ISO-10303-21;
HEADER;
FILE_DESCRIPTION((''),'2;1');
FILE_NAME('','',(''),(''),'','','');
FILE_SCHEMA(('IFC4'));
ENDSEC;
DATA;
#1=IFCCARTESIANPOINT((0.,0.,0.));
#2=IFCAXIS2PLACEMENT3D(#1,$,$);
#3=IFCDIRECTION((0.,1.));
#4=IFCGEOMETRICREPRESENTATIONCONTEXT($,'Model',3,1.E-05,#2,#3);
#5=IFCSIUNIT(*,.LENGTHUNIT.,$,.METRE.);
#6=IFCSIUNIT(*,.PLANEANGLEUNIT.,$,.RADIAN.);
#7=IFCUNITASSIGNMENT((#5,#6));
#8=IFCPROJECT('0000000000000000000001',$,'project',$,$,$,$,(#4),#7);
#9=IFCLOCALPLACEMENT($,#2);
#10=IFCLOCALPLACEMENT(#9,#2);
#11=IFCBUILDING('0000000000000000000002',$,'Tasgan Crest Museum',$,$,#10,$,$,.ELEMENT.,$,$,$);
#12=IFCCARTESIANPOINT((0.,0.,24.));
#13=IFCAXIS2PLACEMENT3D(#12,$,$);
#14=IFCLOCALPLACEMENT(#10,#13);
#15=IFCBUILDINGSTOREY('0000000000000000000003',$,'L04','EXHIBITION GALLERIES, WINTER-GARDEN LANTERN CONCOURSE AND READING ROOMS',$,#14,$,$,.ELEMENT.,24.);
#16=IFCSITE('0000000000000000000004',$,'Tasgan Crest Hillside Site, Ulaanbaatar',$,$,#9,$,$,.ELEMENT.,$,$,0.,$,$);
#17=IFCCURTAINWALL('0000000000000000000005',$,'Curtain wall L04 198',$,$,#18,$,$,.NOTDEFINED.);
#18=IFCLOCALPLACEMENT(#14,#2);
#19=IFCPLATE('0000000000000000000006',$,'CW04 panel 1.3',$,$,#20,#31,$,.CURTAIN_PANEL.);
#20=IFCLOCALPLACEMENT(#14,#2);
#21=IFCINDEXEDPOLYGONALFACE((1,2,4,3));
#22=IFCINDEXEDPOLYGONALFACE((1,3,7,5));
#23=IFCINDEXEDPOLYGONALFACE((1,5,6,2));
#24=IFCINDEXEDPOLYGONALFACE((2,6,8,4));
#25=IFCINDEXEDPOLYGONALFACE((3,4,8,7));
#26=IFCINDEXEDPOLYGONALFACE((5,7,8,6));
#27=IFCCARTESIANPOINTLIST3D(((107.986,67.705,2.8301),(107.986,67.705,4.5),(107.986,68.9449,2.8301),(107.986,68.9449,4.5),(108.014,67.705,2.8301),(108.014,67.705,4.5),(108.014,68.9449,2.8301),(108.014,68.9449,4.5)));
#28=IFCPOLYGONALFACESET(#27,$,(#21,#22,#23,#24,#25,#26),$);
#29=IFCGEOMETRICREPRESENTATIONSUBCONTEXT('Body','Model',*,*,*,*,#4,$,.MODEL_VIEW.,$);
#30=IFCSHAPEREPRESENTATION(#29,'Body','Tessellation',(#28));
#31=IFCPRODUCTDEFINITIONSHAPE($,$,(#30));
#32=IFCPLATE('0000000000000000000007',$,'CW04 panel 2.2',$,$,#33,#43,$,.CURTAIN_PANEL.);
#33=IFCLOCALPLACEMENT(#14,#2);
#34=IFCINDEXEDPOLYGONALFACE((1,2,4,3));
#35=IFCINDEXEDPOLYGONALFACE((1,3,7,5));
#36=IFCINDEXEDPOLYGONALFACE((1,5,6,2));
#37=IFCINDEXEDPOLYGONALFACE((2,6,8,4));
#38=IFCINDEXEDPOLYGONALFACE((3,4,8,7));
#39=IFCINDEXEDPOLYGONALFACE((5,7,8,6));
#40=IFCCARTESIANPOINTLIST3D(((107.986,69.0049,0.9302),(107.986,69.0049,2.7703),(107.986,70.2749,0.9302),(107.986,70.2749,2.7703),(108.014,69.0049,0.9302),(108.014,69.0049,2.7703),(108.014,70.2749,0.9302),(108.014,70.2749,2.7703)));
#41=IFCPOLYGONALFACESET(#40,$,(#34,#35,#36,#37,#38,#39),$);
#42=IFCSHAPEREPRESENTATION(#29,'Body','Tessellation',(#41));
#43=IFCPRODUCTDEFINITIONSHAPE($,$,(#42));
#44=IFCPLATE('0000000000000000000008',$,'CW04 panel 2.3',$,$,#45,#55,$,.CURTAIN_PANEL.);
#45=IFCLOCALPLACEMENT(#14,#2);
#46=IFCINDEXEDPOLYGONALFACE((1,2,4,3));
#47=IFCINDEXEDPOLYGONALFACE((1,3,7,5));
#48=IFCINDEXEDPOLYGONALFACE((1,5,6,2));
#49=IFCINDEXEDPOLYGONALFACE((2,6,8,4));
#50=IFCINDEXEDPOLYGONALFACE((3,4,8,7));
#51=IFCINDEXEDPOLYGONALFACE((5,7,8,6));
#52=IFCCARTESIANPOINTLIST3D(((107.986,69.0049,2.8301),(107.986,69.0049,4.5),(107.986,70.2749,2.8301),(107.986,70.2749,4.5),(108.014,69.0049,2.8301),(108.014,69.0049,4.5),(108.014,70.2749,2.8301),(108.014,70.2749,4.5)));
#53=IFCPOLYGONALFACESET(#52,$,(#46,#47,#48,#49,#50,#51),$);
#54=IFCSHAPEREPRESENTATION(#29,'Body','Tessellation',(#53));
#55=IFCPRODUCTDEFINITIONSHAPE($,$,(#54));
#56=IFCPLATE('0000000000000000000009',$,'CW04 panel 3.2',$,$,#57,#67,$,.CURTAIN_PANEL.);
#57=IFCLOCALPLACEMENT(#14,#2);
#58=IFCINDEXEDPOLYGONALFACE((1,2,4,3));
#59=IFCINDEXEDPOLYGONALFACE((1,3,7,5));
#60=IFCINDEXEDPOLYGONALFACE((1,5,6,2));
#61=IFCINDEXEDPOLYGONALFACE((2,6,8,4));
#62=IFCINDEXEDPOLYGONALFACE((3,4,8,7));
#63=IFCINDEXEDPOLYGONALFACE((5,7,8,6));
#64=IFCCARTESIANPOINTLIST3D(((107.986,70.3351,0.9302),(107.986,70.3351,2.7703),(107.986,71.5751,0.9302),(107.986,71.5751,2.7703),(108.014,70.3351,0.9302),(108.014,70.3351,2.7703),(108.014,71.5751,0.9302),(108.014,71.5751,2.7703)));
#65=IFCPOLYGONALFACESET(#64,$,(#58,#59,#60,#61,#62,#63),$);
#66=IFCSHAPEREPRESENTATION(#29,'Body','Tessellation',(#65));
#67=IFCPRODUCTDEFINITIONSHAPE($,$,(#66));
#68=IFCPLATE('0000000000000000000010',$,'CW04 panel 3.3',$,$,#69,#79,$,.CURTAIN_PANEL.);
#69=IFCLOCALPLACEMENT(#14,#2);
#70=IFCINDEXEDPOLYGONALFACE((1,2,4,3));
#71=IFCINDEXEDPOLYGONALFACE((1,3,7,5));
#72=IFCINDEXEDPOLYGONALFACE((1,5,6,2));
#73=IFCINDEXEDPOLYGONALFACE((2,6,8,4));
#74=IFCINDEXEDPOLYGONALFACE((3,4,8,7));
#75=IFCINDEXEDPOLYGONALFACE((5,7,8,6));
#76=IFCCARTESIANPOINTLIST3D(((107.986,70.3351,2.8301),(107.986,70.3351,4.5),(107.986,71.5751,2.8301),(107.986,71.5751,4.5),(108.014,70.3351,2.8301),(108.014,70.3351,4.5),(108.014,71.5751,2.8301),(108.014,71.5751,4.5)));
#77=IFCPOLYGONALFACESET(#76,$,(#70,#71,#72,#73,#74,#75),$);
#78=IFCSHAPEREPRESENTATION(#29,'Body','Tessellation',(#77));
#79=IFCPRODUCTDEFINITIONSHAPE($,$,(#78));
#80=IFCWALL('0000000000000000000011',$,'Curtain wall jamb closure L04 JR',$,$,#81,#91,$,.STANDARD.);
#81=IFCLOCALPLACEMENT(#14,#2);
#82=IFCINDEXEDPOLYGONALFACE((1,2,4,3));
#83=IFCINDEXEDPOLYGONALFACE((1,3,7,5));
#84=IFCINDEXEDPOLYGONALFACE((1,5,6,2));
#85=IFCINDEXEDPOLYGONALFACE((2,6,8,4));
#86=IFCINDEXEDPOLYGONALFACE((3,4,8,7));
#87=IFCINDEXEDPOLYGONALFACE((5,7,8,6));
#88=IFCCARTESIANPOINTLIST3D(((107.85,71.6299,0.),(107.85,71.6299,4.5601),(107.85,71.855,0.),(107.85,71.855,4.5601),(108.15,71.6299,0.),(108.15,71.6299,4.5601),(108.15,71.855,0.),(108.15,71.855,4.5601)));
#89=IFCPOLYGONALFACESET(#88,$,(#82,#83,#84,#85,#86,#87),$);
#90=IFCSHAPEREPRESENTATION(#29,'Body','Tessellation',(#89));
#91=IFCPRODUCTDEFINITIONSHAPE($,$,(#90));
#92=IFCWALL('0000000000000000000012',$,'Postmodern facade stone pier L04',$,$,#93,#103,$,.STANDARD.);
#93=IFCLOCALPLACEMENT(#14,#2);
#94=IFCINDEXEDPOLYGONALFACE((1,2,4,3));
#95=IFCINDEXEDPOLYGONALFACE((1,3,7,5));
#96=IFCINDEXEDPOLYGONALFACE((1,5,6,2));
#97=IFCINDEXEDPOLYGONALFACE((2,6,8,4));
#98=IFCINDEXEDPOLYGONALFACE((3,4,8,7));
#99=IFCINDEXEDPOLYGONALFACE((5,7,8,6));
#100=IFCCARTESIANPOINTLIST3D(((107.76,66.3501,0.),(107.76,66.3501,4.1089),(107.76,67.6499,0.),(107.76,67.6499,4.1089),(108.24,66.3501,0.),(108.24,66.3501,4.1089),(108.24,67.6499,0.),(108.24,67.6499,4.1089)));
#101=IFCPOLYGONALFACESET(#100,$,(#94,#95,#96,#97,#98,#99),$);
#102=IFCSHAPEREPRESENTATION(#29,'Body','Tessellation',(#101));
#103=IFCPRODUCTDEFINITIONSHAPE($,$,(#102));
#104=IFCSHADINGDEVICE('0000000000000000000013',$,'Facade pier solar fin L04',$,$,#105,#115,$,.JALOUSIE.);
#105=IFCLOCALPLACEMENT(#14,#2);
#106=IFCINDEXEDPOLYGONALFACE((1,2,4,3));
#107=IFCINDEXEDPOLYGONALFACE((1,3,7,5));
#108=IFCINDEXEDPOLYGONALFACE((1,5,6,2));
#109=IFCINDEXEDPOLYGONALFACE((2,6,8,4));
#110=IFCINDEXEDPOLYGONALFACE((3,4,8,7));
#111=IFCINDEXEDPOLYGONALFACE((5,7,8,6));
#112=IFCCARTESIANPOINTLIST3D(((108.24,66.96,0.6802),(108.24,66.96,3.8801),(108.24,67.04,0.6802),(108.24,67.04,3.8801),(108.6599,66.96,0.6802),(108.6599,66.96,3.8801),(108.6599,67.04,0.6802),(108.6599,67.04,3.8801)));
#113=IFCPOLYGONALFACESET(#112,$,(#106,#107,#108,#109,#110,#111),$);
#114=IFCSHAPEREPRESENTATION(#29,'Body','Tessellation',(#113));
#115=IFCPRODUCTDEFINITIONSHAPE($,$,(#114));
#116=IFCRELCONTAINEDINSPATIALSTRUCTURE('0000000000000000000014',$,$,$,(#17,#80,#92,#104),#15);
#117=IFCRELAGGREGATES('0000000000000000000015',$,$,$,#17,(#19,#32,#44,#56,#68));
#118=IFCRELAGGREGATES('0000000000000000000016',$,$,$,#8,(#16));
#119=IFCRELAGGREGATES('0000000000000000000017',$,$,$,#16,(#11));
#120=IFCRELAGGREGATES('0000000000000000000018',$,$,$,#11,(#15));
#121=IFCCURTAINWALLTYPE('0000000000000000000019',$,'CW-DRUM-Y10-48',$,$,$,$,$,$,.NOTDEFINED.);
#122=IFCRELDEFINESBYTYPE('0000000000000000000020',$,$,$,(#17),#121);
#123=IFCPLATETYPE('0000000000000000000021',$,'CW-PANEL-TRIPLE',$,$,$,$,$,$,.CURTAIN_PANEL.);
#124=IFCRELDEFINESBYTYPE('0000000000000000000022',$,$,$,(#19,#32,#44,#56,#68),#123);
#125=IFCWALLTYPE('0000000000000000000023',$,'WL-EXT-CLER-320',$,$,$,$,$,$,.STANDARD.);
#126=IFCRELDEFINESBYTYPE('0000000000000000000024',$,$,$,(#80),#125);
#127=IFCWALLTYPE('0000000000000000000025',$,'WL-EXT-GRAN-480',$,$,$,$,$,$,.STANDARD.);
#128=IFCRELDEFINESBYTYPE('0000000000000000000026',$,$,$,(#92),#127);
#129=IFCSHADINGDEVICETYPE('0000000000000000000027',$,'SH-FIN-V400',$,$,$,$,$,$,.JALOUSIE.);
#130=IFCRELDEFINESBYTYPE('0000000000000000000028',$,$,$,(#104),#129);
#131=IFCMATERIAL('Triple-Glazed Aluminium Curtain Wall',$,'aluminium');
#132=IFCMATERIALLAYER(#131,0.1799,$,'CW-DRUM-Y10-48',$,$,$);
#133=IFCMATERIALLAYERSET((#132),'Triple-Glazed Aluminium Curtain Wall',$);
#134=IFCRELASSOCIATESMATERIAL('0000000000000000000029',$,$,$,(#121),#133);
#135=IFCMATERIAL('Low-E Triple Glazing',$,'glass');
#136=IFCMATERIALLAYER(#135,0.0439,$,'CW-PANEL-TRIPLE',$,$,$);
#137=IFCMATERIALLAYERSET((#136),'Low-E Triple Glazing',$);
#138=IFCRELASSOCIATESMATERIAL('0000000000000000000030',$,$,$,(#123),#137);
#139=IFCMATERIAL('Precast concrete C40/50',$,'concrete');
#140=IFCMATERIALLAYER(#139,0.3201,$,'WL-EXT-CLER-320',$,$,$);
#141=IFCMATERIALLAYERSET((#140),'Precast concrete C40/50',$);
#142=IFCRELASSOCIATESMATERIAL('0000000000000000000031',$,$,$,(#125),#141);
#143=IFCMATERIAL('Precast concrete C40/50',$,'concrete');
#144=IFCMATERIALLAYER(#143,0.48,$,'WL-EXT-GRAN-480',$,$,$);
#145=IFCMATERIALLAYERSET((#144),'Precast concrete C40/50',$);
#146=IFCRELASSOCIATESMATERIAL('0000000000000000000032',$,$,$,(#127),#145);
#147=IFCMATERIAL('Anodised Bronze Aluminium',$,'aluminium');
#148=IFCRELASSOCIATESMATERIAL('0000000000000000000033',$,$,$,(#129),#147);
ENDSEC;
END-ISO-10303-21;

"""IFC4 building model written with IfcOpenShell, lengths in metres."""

from ifc_helpers import new_model, si_unit, direction, frame, frame_2d, origin, origin_2d, place, context, subcontext, project, spatial, rectangle, extrude, material, layer, layer_set, type_object, element, aggregate, save


model = new_model("IFC4")

# Units and contexts
model_context = context("Model", 3, precision=1e-05, world=origin(), true_north=direction((0.0, 1.0)))
body_context = subcontext(model_context, "Body", "Model", "MODEL_VIEW")
ifc_project = project(units=[si_unit("LENGTHUNIT", "METRE"), si_unit("PLANEANGLEUNIT", "RADIAN")], contexts=[model_context])

# Site, building, storey
site_placement = place(None, origin())
site = spatial("IfcSite", under=ifc_project, at=site_placement, Name="Tasgan Crest Hillside Site, Ulaanbaatar", CompositionType="ELEMENT", RefElevation=0.0)
building_placement = place(site_placement, origin())
building = spatial("IfcBuilding", under=site, at=building_placement, Name="Tasgan Crest Museum", CompositionType="ELEMENT")
storey_placement = place(building_placement, frame((0.0, 0.0, 24.0)))
storey = spatial("IfcBuildingStorey", under=building, at=storey_placement, Name="L04", Description="EXHIBITION GALLERIES, WINTER-GARDEN LANTERN CONCOURSE AND READING ROOMS", CompositionType="ELEMENT", Elevation=24.0)

# Shared definitions
ifc_material_1 = material(Name="Triple-Glazed Aluminium Curtain Wall", Category="aluminium")
ifc_layer_1 = layer(ifc_material_1, 0.1799, Name="CW-DRUM-Y10-48")
ifc_layer_set_1 = layer_set([ifc_layer_1], Name="Triple-Glazed Aluminium Curtain Wall")
curtain_wall_type = type_object("IfcCurtainWallType", Name="CW-DRUM-Y10-48", PredefinedType="NOTDEFINED", material=ifc_layer_set_1)

# Curtain wall
curtain_wall_1_placement = place(storey_placement, origin())
curtain_wall_1 = element("IfcCurtainWall", 1, at=curtain_wall_1_placement, inside=storey, type_object=curtain_wall_type, Name="Curtain wall L04 198", PredefinedType="NOTDEFINED")

# Plates
ifc_material_2 = material(Name="Low-E Triple Glazing", Category="glass")
ifc_layer_2 = layer(ifc_material_2, 0.0439, Name="CW-PANEL-TRIPLE")
ifc_layer_set_2 = layer_set([ifc_layer_2], Name="Low-E Triple Glazing")
plate_type_1 = type_object("IfcPlateType", Name="CW-PANEL-TRIPLE", PredefinedType="CURTAIN_PANEL", material=ifc_layer_set_2)
plate_1_placement = place(storey_placement, frame((108.0, 68.325, 2.8301), z_axis=(0.0, 0.0, 1.0), x_axis=(0.0, 1.0, 0.0)))
plate_1 = element("IfcPlate", 2, at=plate_1_placement, type_object=plate_type_1, Name="CW04 panel 1.3", PredefinedType="CURTAIN_PANEL", context=body_context, shape_type="SweptSolid", body=[
    extrude(rectangle(XDim=1.24, YDim=0.0281, at=origin_2d()), origin(), (0.0, 0.0, 1.0), 1.6699),
])
plate_2_placement = place(storey_placement, frame((108.0, 69.6399, 0.9302), z_axis=(0.0, 0.0, 1.0), x_axis=(0.0, 1.0, 0.0)))
plate_2 = element("IfcPlate", 3, at=plate_2_placement, type_object=plate_type_1, Name="CW04 panel 2.2", PredefinedType="CURTAIN_PANEL", context=body_context, shape_type="SweptSolid", body=[
    extrude(rectangle(XDim=1.27, YDim=0.0281, at=origin_2d()), origin(), (0.0, 0.0, 1.0), 1.8401),
])
plate_3_placement = place(storey_placement, frame((108.0, 69.6399, 2.8301), z_axis=(0.0, 0.0, 1.0), x_axis=(0.0, 1.0, 0.0)))
plate_3 = element("IfcPlate", 4, at=plate_3_placement, type_object=plate_type_1, Name="CW04 panel 2.3", PredefinedType="CURTAIN_PANEL", context=body_context, shape_type="SweptSolid", body=[
    extrude(rectangle(XDim=1.27, YDim=0.0281, at=origin_2d()), origin(), (0.0, 0.0, 1.0), 1.6699),
])
plate_4_placement = place(storey_placement, frame((108.0, 70.9551, 0.9302), z_axis=(0.0, 0.0, 1.0), x_axis=(0.0, 1.0, 0.0)))
plate_4 = element("IfcPlate", 5, at=plate_4_placement, type_object=plate_type_1, Name="CW04 panel 3.2", PredefinedType="CURTAIN_PANEL", context=body_context, shape_type="SweptSolid", body=[
    extrude(rectangle(XDim=1.24, YDim=0.0281, at=origin_2d()), origin(), (0.0, 0.0, 1.0), 1.8401),
])
plate_5_placement = place(storey_placement, frame((108.0, 70.9551, 2.8301), z_axis=(0.0, 0.0, 1.0), x_axis=(0.0, 1.0, 0.0)))
plate_5 = element("IfcPlate", 6, at=plate_5_placement, type_object=plate_type_1, Name="CW04 panel 3.3", PredefinedType="CURTAIN_PANEL", context=body_context, shape_type="SweptSolid", body=[
    extrude(rectangle(XDim=1.24, YDim=0.0281, at=origin_2d()), origin(), (0.0, 0.0, 1.0), 1.6699),
])
aggregate(curtain_wall_1, [plate_1, plate_2, plate_3, plate_4, plate_5])

# Walls
ifc_material_3 = material(Name="Precast concrete C40/50", Category="concrete")
ifc_layer_3 = layer(ifc_material_3, 0.3201, Name="WL-EXT-CLER-320")
ifc_layer_set_3 = layer_set([ifc_layer_3], Name="Precast concrete C40/50")
wall_type_1 = type_object("IfcWallType", Name="WL-EXT-CLER-320", PredefinedType="STANDARD", material=ifc_layer_set_3)
wall_1_placement = place(storey_placement, frame((108.0, 71.6299, 0.0), z_axis=(0.0, 0.0, 1.0), x_axis=(0.0, 1.0, 0.0)))
element("IfcWall", 7, at=wall_1_placement, inside=storey, type_object=wall_type_1, Name="Curtain wall jamb closure L04 JR", PredefinedType="STANDARD", context=body_context, shape_type="SweptSolid", body=[
    extrude(rectangle(XDim=0.2251, YDim=0.3, at=frame_2d((0.1125, 0.0))), origin(), (0.0, 0.0, 1.0), 4.5601),
])
ifc_material_4 = material(Name="Precast concrete C40/50", Category="concrete")
ifc_layer_4 = layer(ifc_material_4, 0.48, Name="WL-EXT-GRAN-480")
ifc_layer_set_4 = layer_set([ifc_layer_4], Name="Precast concrete C40/50")
wall_type_2 = type_object("IfcWallType", Name="WL-EXT-GRAN-480", PredefinedType="STANDARD", material=ifc_layer_set_4)
wall_2_placement = place(storey_placement, frame((108.0, 66.3501, 0.0), z_axis=(0.0, 0.0, 1.0), x_axis=(0.0, 1.0, 0.0)))
element("IfcWall", 8, at=wall_2_placement, inside=storey, type_object=wall_type_2, Name="Postmodern facade stone pier L04", PredefinedType="STANDARD", context=body_context, shape_type="SweptSolid", body=[
    extrude(rectangle(XDim=1.2998, YDim=0.48, at=frame_2d((0.6499, 0.0))), origin(), (0.0, 0.0, 1.0), 4.1089),
])

# Shading device
ifc_material_5 = material(Name="Anodised Bronze Aluminium", Category="aluminium")
shading_device_type = type_object("IfcShadingDeviceType", Name="SH-FIN-V400", PredefinedType="JALOUSIE", material=ifc_material_5)
shading_device_placement = place(storey_placement, frame((108.45, 67.0, 0.6802), z_axis=(0.0, 0.0, 1.0), x_axis=(0.0, 1.0, 0.0)))
element("IfcShadingDevice", 9, at=shading_device_placement, inside=storey, type_object=shading_device_type, Name="Facade pier solar fin L04", PredefinedType="JALOUSIE", context=body_context, shape_type="SweptSolid", body=[
    extrude(rectangle(XDim=0.0801, YDim=0.4199, at=origin_2d()), origin(), (0.0, 0.0, 1.0), 3.2),
])

save(model, "model.ifc")
